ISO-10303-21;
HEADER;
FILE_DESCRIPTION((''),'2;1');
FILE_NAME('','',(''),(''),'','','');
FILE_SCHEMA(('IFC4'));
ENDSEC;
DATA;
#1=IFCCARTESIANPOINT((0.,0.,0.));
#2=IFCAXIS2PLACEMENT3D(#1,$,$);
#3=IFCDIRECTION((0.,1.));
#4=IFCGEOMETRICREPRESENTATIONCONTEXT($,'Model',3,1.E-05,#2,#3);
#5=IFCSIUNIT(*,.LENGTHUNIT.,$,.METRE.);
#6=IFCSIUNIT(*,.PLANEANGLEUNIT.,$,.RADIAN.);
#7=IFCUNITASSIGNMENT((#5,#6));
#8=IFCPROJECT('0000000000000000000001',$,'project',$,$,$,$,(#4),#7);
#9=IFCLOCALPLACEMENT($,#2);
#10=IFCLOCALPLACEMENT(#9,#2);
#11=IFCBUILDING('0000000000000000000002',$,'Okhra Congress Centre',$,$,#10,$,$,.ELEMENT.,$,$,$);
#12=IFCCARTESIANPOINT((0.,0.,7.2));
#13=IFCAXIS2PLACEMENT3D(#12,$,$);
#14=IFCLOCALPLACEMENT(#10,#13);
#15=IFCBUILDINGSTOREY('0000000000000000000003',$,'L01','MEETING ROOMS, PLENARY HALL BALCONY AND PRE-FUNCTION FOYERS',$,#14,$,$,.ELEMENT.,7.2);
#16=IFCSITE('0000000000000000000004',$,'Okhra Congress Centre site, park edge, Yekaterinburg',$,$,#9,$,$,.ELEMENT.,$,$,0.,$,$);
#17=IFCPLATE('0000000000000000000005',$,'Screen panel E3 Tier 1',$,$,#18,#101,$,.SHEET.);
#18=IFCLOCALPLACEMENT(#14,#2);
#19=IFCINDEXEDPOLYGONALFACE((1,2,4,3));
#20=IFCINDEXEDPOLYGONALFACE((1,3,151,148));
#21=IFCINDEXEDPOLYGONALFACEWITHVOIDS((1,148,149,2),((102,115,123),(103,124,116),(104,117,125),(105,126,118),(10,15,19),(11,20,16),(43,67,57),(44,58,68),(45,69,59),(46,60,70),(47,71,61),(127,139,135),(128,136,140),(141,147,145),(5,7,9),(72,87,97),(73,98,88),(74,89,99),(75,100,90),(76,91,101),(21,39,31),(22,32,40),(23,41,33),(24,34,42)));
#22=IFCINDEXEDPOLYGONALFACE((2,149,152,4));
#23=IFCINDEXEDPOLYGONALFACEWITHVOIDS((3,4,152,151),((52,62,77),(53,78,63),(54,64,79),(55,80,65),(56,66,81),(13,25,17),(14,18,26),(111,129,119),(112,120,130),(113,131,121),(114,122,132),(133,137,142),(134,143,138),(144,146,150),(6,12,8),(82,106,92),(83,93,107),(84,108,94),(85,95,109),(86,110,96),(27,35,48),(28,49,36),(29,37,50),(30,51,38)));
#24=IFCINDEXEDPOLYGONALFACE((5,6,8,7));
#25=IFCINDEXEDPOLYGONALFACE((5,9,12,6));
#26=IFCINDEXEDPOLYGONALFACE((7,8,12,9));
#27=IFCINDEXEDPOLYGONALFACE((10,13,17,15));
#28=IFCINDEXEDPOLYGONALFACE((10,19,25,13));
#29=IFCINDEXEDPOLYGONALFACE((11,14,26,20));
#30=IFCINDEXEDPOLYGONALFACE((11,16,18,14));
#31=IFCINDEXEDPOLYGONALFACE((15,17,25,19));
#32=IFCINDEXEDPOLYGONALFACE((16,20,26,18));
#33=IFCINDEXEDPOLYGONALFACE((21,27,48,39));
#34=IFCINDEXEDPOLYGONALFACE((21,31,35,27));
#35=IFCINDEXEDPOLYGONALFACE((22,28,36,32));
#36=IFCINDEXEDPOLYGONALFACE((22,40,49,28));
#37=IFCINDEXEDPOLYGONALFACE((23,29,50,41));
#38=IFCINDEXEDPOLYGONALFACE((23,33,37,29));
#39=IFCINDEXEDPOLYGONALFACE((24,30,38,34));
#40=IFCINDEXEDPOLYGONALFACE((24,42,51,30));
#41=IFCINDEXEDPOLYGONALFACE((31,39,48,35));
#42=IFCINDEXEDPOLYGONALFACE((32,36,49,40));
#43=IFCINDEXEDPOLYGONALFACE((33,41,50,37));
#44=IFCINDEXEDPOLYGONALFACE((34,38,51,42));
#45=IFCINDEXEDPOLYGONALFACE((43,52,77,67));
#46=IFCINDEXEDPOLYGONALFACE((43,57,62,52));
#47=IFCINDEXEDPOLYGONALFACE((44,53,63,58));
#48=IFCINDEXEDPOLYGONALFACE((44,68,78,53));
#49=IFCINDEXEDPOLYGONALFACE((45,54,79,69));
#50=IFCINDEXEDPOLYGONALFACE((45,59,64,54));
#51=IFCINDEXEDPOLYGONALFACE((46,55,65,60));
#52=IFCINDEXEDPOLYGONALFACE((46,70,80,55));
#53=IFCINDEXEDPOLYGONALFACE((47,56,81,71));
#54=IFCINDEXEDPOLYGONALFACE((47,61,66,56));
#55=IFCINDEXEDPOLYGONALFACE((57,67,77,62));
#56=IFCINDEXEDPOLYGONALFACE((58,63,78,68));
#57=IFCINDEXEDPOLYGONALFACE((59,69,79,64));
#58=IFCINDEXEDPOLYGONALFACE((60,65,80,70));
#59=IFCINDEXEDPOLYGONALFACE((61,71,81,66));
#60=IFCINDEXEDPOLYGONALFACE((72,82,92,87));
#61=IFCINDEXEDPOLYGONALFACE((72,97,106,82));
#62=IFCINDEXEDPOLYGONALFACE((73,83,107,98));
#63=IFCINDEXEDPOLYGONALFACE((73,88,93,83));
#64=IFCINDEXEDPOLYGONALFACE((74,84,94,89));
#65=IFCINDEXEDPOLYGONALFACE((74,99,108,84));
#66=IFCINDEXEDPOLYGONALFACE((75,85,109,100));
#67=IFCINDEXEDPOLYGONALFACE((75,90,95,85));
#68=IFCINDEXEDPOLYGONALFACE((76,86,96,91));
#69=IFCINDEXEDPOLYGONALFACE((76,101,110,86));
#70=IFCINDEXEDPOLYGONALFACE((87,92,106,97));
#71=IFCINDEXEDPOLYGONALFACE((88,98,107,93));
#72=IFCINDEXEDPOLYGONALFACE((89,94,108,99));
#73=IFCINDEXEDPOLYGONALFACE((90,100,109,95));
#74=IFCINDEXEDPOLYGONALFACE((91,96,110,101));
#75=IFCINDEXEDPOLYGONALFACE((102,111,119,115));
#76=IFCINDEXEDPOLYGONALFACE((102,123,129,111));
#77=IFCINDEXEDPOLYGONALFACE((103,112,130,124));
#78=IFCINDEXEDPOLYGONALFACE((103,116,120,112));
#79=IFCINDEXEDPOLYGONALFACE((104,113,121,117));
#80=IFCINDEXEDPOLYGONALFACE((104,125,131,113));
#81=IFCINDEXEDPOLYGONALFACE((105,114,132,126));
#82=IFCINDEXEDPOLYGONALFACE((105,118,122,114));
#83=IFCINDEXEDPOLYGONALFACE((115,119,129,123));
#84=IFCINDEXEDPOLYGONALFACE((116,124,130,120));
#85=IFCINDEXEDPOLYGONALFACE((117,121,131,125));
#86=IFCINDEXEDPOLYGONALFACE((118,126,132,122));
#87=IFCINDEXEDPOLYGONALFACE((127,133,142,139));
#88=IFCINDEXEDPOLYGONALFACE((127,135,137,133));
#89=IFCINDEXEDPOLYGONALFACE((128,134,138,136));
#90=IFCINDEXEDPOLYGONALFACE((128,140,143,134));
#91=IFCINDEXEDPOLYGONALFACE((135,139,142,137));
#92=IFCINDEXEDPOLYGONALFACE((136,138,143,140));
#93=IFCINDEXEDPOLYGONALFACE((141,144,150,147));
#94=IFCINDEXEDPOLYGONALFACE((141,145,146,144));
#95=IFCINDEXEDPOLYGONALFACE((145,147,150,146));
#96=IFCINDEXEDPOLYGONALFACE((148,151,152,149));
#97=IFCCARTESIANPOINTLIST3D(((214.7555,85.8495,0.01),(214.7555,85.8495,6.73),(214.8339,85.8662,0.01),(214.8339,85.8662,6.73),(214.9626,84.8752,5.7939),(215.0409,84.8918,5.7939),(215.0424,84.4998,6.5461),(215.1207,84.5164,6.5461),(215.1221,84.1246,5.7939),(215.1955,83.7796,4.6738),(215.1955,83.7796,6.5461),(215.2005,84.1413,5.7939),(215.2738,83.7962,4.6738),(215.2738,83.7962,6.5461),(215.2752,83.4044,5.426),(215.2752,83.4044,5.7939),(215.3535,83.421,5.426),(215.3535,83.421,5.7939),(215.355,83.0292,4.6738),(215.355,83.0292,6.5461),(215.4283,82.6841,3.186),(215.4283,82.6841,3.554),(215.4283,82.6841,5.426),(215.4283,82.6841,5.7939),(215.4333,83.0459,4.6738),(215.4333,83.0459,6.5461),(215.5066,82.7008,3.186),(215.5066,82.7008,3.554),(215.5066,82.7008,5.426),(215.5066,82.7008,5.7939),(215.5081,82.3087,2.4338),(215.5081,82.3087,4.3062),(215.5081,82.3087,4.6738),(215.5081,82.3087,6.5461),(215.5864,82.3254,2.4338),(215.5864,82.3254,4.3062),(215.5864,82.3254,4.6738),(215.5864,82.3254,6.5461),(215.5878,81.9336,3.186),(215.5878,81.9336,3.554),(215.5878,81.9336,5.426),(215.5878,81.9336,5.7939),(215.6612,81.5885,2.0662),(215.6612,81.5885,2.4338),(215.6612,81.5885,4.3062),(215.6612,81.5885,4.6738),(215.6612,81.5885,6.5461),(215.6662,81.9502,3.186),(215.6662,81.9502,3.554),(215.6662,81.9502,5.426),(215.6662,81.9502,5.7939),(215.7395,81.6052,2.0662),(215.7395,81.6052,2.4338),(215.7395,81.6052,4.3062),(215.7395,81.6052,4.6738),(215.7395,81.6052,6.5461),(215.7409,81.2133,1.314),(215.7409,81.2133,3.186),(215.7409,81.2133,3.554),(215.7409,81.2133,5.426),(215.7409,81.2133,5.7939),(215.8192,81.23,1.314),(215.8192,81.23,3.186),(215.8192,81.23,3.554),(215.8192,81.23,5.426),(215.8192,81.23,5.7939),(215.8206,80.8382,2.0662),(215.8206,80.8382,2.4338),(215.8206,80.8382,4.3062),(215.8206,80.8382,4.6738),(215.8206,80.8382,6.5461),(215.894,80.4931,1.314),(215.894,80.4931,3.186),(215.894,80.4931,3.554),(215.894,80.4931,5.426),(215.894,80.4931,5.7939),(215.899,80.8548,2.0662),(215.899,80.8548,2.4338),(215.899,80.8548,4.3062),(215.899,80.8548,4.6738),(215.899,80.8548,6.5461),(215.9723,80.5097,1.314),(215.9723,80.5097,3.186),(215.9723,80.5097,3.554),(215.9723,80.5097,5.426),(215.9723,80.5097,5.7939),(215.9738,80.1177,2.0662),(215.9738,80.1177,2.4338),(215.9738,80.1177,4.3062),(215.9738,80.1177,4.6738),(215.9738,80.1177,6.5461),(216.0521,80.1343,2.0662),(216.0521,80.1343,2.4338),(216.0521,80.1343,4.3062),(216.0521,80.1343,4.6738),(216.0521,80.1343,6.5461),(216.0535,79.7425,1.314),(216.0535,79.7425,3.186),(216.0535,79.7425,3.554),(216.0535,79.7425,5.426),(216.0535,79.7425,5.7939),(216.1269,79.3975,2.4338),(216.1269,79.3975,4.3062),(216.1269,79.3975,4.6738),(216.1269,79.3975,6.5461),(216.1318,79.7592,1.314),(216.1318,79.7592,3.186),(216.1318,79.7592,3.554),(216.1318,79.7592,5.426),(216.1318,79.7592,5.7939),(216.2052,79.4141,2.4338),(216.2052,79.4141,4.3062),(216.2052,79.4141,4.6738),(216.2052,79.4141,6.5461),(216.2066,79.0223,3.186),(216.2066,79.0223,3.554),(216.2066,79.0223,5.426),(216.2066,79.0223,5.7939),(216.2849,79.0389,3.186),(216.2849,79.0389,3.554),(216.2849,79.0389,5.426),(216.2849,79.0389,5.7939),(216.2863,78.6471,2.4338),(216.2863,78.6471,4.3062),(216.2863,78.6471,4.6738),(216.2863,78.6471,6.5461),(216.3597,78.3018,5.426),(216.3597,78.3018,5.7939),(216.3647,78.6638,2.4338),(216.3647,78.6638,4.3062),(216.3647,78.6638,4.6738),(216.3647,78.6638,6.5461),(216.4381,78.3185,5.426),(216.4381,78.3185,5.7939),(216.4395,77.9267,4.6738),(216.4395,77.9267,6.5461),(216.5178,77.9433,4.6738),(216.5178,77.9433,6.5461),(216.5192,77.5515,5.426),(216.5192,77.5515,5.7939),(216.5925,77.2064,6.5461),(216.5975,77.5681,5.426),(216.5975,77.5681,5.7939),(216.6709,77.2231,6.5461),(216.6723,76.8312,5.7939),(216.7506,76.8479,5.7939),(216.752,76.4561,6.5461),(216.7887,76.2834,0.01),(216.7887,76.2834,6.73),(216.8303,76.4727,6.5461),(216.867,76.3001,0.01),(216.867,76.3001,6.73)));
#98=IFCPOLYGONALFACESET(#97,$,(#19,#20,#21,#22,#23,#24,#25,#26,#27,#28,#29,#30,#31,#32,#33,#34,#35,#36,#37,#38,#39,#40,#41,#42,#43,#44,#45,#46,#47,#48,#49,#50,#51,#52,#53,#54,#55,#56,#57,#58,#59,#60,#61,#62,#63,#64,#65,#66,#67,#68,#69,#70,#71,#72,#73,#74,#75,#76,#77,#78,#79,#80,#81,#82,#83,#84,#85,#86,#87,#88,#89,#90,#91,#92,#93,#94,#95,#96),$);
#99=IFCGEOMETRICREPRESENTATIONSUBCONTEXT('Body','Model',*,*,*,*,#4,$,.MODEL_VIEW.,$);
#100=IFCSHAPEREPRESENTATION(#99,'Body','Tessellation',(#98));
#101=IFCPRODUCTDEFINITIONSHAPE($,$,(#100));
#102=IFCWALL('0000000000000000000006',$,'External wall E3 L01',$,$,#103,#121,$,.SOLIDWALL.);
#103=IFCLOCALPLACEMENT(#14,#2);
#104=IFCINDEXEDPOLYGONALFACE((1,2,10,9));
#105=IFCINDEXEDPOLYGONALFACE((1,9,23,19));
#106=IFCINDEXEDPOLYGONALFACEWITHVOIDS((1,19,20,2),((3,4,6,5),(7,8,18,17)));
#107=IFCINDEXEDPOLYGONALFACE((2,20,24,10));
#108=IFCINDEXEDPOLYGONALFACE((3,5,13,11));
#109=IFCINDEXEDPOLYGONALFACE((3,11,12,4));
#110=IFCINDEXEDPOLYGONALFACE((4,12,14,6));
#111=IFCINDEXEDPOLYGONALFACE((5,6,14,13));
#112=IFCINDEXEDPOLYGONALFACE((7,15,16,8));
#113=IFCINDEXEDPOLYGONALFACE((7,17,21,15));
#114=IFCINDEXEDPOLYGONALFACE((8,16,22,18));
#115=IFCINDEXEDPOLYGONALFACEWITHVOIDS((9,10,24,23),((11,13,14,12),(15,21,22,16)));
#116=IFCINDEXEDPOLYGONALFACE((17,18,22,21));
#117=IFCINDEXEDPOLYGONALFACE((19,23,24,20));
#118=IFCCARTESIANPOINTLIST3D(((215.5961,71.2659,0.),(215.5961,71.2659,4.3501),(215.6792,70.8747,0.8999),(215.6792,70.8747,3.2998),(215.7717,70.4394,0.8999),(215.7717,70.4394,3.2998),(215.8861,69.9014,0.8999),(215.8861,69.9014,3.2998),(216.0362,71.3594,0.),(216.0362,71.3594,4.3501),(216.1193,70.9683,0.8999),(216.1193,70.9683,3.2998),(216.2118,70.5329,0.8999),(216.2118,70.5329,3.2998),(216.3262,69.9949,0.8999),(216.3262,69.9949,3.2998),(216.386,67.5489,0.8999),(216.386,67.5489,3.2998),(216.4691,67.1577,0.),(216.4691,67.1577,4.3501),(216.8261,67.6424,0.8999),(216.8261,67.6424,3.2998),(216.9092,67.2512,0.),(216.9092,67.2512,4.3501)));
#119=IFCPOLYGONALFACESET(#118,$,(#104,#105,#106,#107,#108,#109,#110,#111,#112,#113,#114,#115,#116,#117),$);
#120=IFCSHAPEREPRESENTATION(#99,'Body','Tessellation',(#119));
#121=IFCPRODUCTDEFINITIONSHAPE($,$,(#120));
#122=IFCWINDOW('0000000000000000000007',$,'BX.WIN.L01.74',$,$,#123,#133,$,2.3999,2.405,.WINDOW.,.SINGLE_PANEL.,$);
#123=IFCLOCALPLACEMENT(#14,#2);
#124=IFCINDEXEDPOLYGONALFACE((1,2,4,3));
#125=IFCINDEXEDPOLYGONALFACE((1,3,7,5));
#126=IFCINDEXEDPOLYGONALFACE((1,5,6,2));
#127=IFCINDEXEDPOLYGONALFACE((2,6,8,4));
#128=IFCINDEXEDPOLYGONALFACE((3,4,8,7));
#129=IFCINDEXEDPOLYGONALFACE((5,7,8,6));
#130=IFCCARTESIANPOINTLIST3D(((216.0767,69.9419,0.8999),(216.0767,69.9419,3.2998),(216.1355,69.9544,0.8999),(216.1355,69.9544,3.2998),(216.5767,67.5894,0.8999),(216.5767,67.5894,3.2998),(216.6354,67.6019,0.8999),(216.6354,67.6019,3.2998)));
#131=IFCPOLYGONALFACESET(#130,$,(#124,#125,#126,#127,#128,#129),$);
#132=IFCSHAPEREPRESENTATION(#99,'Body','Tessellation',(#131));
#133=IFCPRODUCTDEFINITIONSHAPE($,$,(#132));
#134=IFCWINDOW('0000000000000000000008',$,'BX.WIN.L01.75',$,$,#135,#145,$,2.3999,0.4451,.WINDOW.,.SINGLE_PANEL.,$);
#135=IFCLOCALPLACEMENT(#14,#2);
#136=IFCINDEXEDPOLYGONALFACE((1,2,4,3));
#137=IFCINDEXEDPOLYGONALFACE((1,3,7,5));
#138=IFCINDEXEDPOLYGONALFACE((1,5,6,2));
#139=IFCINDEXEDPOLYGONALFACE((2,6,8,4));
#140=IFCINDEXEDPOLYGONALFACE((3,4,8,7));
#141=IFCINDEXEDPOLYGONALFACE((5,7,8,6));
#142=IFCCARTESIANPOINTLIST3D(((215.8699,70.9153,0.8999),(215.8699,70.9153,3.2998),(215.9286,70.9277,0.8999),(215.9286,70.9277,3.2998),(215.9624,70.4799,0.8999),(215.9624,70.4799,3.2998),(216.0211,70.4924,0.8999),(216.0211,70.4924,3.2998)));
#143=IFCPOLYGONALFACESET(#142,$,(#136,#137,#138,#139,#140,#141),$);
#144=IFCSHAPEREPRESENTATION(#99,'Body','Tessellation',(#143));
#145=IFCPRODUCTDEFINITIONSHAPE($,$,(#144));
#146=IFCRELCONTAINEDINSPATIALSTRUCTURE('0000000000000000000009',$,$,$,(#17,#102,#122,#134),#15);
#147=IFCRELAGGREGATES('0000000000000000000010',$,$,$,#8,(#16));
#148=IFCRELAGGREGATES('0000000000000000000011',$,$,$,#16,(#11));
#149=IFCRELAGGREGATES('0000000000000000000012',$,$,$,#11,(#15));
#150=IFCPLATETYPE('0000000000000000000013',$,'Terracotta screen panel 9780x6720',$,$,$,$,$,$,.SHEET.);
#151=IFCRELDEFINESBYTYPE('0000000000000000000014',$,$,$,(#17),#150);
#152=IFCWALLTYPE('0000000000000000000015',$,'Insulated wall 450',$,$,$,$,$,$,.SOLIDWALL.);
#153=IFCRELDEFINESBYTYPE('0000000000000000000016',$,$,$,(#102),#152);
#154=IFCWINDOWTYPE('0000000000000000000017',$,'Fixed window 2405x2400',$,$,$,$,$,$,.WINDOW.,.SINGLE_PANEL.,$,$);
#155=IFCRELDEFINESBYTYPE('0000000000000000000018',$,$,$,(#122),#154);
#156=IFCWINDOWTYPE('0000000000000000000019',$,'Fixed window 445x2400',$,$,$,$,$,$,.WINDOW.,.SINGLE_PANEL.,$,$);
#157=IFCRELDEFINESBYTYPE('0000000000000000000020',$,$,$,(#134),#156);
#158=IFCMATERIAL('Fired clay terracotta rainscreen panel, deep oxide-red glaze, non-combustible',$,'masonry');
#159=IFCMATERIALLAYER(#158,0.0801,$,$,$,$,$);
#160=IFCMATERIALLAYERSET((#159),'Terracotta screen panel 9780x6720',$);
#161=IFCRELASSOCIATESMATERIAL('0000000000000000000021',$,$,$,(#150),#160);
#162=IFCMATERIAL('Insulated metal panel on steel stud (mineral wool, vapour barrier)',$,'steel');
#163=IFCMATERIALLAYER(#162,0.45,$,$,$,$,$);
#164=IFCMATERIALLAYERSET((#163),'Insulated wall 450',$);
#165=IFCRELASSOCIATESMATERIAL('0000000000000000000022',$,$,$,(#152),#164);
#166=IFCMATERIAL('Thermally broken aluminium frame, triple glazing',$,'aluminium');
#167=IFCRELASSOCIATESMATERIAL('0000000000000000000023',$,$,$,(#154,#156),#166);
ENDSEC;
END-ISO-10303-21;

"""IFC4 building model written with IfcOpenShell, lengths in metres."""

from ifc_helpers import new_model, si_unit, direction, frame, frame_2d, origin, place, context, subcontext, project, spatial, polyline, rectangle, outline, extrude, material, layer, layer_set, type_object, element, fill, save


model = new_model("IFC4")

# Units and contexts
model_context = context("Model", 3, precision=1e-05, world=origin(), true_north=direction((0.0, 1.0)))
body_context = subcontext(model_context, "Body", "Model", "MODEL_VIEW")
ifc_project = project(units=[si_unit("LENGTHUNIT", "METRE"), si_unit("PLANEANGLEUNIT", "RADIAN")], contexts=[model_context])

# Site, building, storey
site_placement = place(None, origin())
site = spatial("IfcSite", under=ifc_project, at=site_placement, Name="Okhra Congress Centre site, park edge, Yekaterinburg", CompositionType="ELEMENT", RefElevation=0.0)
building_placement = place(site_placement, origin())
building = spatial("IfcBuilding", under=site, at=building_placement, Name="Okhra Congress Centre", CompositionType="ELEMENT")
storey_placement = place(building_placement, frame((0.0, 0.0, 7.2)))
storey = spatial("IfcBuildingStorey", under=building, at=storey_placement, Name="L01", Description="MEETING ROOMS, PLENARY HALL BALCONY AND PRE-FUNCTION FOYERS", CompositionType="ELEMENT", Elevation=7.2)

# Plate
ifc_material_1 = material(Name="Fired clay terracotta rainscreen panel, deep oxide-red glaze, non-combustible", Category="masonry")
ifc_layer_1 = layer(ifc_material_1, 0.0801)
ifc_layer_set_1 = layer_set([ifc_layer_1], Name="Terracotta screen panel 9780x6720")
plate_type = type_object("IfcPlateType", Name="Terracotta screen panel 9780x6720", PredefinedType="SHEET", material=ifc_layer_set_1)
plate_placement = place(storey_placement, frame((216.8279, 76.2917, 0.01), z_axis=(0.0, 0.0, 1.0), x_axis=(-0.207897, 0.978151, 0.0)))
element("IfcPlate", 1, at=plate_placement, inside=storey, type_object=plate_type, Name="Screen panel E3 Tier 1", PredefinedType="SHEET", context=body_context, shape_type="SweptSolid", body=[
    extrude(outline(polyline([(0.0, 0.0), (9.7798, 0.0), (9.7798, 6.72), (0.0, 6.72), (0.0, 0.0)]), holes=[polyline([(3.5364, 1.304), (4.3037, 1.304), (3.9199, 2.0562), (3.5364, 1.304)]), polyline([(4.6565, 2.0562), (5.04, 1.304), (5.4236, 2.0562), (4.6565, 2.0562)]), polyline([(2.4165, 2.4238), (3.1836, 2.4238), (2.8, 3.176), (2.4165, 2.4238)]), polyline([(3.5364, 3.176), (3.9199, 2.4238), (4.3037, 3.176), (3.5364, 3.176)]), polyline([(4.6565, 2.4238), (5.4236, 2.4238), (5.04, 3.176), (4.6565, 2.4238)]), polyline([(5.7764, 3.176), (6.1599, 2.4238), (6.5437, 3.176), (5.7764, 3.176)]), polyline([(2.4165, 4.2961), (2.8, 3.5439), (3.1836, 4.2961), (2.4165, 4.2961)]), polyline([(3.5364, 3.5439), (4.3037, 3.5439), (3.9199, 4.2961), (3.5364, 3.5439)]), polyline([(4.6565, 4.2961), (5.04, 3.5439), (5.4236, 4.2961), (4.6565, 4.2961)]), polyline([(5.7764, 3.5439), (6.5437, 3.5439), (6.1599, 4.2961), (5.7764, 3.5439)]), polyline([(1.2964, 5.416), (1.6799, 4.6638), (2.0635, 5.416), (1.2964, 5.416)]), polyline([(2.4165, 4.6638), (3.1836, 4.6638), (2.8, 5.416), (2.4165, 4.6638)]), polyline([(3.5364, 5.416), (3.9199, 4.6638), (4.3037, 5.416), (3.5364, 5.416)]), polyline([(4.6565, 4.6638), (5.4236, 4.6638), (5.04, 5.416), (4.6565, 4.6638)]), polyline([(5.7764, 5.416), (6.1599, 4.6638), (6.5437, 5.416), (5.7764, 5.416)]), polyline([(6.8965, 4.6638), (7.6636, 4.6638), (7.28, 5.416), (6.8965, 4.6638)]), polyline([(0.1765, 6.5361), (0.5601, 5.7839), (0.9436, 6.5361), (0.1765, 6.5361)]), polyline([(1.2964, 5.7839), (2.0635, 5.7839), (1.6799, 6.5361), (1.2964, 5.7839)]), polyline([(2.4165, 6.5361), (2.8, 5.7839), (3.1836, 6.5361), (2.4165, 6.5361)]), polyline([(3.5364, 5.7839), (4.3037, 5.7839), (3.9199, 6.5361), (3.5364, 5.7839)]), polyline([(4.6565, 6.5361), (5.04, 5.7839), (5.4236, 6.5361), (4.6565, 6.5361)]), polyline([(5.7764, 5.7839), (6.5437, 5.7839), (6.1599, 6.5361), (5.7764, 5.7839)]), polyline([(6.8965, 6.5361), (7.28, 5.7839), (7.6636, 6.5361), (6.8965, 6.5361)]), polyline([(8.0164, 5.7839), (8.7837, 5.7839), (8.3999, 6.5361), (8.0164, 5.7839)])]), frame((0.0, 0.04, 0.0), z_axis=(0.0, -1.0, 0.0), x_axis=(1.0, 0.0, 0.0)), (0.0, 0.0, 1.0), 0.0801),
])

# Wall, openings, windows
ifc_material_2 = material(Name="Insulated metal panel on steel stud (mineral wool, vapour barrier)", Category="steel")
ifc_layer_2 = layer(ifc_material_2, 0.45)
ifc_layer_set_2 = layer_set([ifc_layer_2], Name="Insulated wall 450")
wall_type = type_object("IfcWallType", Name="Insulated wall 450", PredefinedType="SOLIDWALL", material=ifc_layer_set_2)
wall_1_placement = place(storey_placement, frame((216.6892, 67.2043, 0.0), z_axis=(0.0, 0.0, 1.0), x_axis=(-0.207873, 0.978156, 0.0)))
wall_1 = element("IfcWall", 2, at=wall_1_placement, inside=storey, type_object=wall_type, Name="External wall E3 L01", PredefinedType="SOLIDWALL", context=body_context, shape_type="SweptSolid", body=[
    extrude(rectangle(XDim=4.2, YDim=0.45, at=frame_2d((2.1001, 0.0))), origin(), (0.0, 0.0, 1.0), 4.3501),
])
opening_1_placement = place(wall_1_placement, frame((0.3999, 0.0, 0.8999)))
opening_1 = element("IfcOpeningElement", 3, at=opening_1_placement, cuts=wall_1, PredefinedType="OPENING", context=body_context, shape_type="SweptSolid", body=[
    extrude(rectangle(XDim=2.405, YDim=2.3999, at=frame_2d((1.2026, 1.2))), frame((0.0, 0.2349, 0.0), z_axis=(0.0, -1.0, 0.0), x_axis=(1.0, 0.0, 0.0)), (0.0, 0.0, 1.0), 0.47),
])
opening_2_placement = place(wall_1_placement, frame((3.355, 0.0, 0.8999)))
opening_2 = element("IfcOpeningElement", 4, at=opening_2_placement, cuts=wall_1, PredefinedType="OPENING", context=body_context, shape_type="SweptSolid", body=[
    extrude(rectangle(XDim=0.4451, YDim=2.3999, at=frame_2d((0.2227, 1.2))), frame((0.0, 0.2349, 0.0), z_axis=(0.0, -1.0, 0.0), x_axis=(1.0, 0.0, 0.0)), (0.0, 0.0, 1.0), 0.47),
])
ifc_material_3 = material(Name="Thermally broken aluminium frame, triple glazing", Category="aluminium")
window_type_1 = type_object("IfcWindowType", Name="Fixed window 2405x2400", PartitioningType="SINGLE_PANEL", PredefinedType="WINDOW", material=ifc_material_3)
window_1_placement = place(opening_1_placement, origin())
window_1 = element("IfcWindow", 5, at=window_1_placement, inside=storey, type_object=window_type_1, Name="BX.WIN.L01.74", OverallHeight=2.3999, OverallWidth=2.405, PartitioningType="SINGLE_PANEL", PredefinedType="WINDOW", context=body_context, shape_type="SweptSolid", body=[
    extrude(rectangle(XDim=2.405, YDim=2.3999, at=frame_2d((1.2026, 1.2))), frame((0.0, 0.03, 0.0), z_axis=(0.0, -1.0, 0.0), x_axis=(1.0, 0.0, 0.0)), (0.0, 0.0, 1.0), 0.0601),
])
fill(opening_1, window_1)
window_type_2 = type_object("IfcWindowType", Name="Fixed window 445x2400", PartitioningType="SINGLE_PANEL", PredefinedType="WINDOW", material=ifc_material_3)
window_2_placement = place(opening_2_placement, origin())
window_2 = element("IfcWindow", 6, at=window_2_placement, inside=storey, type_object=window_type_2, Name="BX.WIN.L01.75", OverallHeight=2.3999, OverallWidth=0.4451, PartitioningType="SINGLE_PANEL", PredefinedType="WINDOW", context=body_context, shape_type="SweptSolid", body=[
    extrude(rectangle(XDim=0.4451, YDim=2.3999, at=frame_2d((0.2227, 1.2))), frame((0.0, 0.03, 0.0), z_axis=(0.0, -1.0, 0.0), x_axis=(1.0, 0.0, 0.0)), (0.0, 0.0, 1.0), 0.0601),
])
fill(opening_2, window_2)

save(model, "model.ifc")
